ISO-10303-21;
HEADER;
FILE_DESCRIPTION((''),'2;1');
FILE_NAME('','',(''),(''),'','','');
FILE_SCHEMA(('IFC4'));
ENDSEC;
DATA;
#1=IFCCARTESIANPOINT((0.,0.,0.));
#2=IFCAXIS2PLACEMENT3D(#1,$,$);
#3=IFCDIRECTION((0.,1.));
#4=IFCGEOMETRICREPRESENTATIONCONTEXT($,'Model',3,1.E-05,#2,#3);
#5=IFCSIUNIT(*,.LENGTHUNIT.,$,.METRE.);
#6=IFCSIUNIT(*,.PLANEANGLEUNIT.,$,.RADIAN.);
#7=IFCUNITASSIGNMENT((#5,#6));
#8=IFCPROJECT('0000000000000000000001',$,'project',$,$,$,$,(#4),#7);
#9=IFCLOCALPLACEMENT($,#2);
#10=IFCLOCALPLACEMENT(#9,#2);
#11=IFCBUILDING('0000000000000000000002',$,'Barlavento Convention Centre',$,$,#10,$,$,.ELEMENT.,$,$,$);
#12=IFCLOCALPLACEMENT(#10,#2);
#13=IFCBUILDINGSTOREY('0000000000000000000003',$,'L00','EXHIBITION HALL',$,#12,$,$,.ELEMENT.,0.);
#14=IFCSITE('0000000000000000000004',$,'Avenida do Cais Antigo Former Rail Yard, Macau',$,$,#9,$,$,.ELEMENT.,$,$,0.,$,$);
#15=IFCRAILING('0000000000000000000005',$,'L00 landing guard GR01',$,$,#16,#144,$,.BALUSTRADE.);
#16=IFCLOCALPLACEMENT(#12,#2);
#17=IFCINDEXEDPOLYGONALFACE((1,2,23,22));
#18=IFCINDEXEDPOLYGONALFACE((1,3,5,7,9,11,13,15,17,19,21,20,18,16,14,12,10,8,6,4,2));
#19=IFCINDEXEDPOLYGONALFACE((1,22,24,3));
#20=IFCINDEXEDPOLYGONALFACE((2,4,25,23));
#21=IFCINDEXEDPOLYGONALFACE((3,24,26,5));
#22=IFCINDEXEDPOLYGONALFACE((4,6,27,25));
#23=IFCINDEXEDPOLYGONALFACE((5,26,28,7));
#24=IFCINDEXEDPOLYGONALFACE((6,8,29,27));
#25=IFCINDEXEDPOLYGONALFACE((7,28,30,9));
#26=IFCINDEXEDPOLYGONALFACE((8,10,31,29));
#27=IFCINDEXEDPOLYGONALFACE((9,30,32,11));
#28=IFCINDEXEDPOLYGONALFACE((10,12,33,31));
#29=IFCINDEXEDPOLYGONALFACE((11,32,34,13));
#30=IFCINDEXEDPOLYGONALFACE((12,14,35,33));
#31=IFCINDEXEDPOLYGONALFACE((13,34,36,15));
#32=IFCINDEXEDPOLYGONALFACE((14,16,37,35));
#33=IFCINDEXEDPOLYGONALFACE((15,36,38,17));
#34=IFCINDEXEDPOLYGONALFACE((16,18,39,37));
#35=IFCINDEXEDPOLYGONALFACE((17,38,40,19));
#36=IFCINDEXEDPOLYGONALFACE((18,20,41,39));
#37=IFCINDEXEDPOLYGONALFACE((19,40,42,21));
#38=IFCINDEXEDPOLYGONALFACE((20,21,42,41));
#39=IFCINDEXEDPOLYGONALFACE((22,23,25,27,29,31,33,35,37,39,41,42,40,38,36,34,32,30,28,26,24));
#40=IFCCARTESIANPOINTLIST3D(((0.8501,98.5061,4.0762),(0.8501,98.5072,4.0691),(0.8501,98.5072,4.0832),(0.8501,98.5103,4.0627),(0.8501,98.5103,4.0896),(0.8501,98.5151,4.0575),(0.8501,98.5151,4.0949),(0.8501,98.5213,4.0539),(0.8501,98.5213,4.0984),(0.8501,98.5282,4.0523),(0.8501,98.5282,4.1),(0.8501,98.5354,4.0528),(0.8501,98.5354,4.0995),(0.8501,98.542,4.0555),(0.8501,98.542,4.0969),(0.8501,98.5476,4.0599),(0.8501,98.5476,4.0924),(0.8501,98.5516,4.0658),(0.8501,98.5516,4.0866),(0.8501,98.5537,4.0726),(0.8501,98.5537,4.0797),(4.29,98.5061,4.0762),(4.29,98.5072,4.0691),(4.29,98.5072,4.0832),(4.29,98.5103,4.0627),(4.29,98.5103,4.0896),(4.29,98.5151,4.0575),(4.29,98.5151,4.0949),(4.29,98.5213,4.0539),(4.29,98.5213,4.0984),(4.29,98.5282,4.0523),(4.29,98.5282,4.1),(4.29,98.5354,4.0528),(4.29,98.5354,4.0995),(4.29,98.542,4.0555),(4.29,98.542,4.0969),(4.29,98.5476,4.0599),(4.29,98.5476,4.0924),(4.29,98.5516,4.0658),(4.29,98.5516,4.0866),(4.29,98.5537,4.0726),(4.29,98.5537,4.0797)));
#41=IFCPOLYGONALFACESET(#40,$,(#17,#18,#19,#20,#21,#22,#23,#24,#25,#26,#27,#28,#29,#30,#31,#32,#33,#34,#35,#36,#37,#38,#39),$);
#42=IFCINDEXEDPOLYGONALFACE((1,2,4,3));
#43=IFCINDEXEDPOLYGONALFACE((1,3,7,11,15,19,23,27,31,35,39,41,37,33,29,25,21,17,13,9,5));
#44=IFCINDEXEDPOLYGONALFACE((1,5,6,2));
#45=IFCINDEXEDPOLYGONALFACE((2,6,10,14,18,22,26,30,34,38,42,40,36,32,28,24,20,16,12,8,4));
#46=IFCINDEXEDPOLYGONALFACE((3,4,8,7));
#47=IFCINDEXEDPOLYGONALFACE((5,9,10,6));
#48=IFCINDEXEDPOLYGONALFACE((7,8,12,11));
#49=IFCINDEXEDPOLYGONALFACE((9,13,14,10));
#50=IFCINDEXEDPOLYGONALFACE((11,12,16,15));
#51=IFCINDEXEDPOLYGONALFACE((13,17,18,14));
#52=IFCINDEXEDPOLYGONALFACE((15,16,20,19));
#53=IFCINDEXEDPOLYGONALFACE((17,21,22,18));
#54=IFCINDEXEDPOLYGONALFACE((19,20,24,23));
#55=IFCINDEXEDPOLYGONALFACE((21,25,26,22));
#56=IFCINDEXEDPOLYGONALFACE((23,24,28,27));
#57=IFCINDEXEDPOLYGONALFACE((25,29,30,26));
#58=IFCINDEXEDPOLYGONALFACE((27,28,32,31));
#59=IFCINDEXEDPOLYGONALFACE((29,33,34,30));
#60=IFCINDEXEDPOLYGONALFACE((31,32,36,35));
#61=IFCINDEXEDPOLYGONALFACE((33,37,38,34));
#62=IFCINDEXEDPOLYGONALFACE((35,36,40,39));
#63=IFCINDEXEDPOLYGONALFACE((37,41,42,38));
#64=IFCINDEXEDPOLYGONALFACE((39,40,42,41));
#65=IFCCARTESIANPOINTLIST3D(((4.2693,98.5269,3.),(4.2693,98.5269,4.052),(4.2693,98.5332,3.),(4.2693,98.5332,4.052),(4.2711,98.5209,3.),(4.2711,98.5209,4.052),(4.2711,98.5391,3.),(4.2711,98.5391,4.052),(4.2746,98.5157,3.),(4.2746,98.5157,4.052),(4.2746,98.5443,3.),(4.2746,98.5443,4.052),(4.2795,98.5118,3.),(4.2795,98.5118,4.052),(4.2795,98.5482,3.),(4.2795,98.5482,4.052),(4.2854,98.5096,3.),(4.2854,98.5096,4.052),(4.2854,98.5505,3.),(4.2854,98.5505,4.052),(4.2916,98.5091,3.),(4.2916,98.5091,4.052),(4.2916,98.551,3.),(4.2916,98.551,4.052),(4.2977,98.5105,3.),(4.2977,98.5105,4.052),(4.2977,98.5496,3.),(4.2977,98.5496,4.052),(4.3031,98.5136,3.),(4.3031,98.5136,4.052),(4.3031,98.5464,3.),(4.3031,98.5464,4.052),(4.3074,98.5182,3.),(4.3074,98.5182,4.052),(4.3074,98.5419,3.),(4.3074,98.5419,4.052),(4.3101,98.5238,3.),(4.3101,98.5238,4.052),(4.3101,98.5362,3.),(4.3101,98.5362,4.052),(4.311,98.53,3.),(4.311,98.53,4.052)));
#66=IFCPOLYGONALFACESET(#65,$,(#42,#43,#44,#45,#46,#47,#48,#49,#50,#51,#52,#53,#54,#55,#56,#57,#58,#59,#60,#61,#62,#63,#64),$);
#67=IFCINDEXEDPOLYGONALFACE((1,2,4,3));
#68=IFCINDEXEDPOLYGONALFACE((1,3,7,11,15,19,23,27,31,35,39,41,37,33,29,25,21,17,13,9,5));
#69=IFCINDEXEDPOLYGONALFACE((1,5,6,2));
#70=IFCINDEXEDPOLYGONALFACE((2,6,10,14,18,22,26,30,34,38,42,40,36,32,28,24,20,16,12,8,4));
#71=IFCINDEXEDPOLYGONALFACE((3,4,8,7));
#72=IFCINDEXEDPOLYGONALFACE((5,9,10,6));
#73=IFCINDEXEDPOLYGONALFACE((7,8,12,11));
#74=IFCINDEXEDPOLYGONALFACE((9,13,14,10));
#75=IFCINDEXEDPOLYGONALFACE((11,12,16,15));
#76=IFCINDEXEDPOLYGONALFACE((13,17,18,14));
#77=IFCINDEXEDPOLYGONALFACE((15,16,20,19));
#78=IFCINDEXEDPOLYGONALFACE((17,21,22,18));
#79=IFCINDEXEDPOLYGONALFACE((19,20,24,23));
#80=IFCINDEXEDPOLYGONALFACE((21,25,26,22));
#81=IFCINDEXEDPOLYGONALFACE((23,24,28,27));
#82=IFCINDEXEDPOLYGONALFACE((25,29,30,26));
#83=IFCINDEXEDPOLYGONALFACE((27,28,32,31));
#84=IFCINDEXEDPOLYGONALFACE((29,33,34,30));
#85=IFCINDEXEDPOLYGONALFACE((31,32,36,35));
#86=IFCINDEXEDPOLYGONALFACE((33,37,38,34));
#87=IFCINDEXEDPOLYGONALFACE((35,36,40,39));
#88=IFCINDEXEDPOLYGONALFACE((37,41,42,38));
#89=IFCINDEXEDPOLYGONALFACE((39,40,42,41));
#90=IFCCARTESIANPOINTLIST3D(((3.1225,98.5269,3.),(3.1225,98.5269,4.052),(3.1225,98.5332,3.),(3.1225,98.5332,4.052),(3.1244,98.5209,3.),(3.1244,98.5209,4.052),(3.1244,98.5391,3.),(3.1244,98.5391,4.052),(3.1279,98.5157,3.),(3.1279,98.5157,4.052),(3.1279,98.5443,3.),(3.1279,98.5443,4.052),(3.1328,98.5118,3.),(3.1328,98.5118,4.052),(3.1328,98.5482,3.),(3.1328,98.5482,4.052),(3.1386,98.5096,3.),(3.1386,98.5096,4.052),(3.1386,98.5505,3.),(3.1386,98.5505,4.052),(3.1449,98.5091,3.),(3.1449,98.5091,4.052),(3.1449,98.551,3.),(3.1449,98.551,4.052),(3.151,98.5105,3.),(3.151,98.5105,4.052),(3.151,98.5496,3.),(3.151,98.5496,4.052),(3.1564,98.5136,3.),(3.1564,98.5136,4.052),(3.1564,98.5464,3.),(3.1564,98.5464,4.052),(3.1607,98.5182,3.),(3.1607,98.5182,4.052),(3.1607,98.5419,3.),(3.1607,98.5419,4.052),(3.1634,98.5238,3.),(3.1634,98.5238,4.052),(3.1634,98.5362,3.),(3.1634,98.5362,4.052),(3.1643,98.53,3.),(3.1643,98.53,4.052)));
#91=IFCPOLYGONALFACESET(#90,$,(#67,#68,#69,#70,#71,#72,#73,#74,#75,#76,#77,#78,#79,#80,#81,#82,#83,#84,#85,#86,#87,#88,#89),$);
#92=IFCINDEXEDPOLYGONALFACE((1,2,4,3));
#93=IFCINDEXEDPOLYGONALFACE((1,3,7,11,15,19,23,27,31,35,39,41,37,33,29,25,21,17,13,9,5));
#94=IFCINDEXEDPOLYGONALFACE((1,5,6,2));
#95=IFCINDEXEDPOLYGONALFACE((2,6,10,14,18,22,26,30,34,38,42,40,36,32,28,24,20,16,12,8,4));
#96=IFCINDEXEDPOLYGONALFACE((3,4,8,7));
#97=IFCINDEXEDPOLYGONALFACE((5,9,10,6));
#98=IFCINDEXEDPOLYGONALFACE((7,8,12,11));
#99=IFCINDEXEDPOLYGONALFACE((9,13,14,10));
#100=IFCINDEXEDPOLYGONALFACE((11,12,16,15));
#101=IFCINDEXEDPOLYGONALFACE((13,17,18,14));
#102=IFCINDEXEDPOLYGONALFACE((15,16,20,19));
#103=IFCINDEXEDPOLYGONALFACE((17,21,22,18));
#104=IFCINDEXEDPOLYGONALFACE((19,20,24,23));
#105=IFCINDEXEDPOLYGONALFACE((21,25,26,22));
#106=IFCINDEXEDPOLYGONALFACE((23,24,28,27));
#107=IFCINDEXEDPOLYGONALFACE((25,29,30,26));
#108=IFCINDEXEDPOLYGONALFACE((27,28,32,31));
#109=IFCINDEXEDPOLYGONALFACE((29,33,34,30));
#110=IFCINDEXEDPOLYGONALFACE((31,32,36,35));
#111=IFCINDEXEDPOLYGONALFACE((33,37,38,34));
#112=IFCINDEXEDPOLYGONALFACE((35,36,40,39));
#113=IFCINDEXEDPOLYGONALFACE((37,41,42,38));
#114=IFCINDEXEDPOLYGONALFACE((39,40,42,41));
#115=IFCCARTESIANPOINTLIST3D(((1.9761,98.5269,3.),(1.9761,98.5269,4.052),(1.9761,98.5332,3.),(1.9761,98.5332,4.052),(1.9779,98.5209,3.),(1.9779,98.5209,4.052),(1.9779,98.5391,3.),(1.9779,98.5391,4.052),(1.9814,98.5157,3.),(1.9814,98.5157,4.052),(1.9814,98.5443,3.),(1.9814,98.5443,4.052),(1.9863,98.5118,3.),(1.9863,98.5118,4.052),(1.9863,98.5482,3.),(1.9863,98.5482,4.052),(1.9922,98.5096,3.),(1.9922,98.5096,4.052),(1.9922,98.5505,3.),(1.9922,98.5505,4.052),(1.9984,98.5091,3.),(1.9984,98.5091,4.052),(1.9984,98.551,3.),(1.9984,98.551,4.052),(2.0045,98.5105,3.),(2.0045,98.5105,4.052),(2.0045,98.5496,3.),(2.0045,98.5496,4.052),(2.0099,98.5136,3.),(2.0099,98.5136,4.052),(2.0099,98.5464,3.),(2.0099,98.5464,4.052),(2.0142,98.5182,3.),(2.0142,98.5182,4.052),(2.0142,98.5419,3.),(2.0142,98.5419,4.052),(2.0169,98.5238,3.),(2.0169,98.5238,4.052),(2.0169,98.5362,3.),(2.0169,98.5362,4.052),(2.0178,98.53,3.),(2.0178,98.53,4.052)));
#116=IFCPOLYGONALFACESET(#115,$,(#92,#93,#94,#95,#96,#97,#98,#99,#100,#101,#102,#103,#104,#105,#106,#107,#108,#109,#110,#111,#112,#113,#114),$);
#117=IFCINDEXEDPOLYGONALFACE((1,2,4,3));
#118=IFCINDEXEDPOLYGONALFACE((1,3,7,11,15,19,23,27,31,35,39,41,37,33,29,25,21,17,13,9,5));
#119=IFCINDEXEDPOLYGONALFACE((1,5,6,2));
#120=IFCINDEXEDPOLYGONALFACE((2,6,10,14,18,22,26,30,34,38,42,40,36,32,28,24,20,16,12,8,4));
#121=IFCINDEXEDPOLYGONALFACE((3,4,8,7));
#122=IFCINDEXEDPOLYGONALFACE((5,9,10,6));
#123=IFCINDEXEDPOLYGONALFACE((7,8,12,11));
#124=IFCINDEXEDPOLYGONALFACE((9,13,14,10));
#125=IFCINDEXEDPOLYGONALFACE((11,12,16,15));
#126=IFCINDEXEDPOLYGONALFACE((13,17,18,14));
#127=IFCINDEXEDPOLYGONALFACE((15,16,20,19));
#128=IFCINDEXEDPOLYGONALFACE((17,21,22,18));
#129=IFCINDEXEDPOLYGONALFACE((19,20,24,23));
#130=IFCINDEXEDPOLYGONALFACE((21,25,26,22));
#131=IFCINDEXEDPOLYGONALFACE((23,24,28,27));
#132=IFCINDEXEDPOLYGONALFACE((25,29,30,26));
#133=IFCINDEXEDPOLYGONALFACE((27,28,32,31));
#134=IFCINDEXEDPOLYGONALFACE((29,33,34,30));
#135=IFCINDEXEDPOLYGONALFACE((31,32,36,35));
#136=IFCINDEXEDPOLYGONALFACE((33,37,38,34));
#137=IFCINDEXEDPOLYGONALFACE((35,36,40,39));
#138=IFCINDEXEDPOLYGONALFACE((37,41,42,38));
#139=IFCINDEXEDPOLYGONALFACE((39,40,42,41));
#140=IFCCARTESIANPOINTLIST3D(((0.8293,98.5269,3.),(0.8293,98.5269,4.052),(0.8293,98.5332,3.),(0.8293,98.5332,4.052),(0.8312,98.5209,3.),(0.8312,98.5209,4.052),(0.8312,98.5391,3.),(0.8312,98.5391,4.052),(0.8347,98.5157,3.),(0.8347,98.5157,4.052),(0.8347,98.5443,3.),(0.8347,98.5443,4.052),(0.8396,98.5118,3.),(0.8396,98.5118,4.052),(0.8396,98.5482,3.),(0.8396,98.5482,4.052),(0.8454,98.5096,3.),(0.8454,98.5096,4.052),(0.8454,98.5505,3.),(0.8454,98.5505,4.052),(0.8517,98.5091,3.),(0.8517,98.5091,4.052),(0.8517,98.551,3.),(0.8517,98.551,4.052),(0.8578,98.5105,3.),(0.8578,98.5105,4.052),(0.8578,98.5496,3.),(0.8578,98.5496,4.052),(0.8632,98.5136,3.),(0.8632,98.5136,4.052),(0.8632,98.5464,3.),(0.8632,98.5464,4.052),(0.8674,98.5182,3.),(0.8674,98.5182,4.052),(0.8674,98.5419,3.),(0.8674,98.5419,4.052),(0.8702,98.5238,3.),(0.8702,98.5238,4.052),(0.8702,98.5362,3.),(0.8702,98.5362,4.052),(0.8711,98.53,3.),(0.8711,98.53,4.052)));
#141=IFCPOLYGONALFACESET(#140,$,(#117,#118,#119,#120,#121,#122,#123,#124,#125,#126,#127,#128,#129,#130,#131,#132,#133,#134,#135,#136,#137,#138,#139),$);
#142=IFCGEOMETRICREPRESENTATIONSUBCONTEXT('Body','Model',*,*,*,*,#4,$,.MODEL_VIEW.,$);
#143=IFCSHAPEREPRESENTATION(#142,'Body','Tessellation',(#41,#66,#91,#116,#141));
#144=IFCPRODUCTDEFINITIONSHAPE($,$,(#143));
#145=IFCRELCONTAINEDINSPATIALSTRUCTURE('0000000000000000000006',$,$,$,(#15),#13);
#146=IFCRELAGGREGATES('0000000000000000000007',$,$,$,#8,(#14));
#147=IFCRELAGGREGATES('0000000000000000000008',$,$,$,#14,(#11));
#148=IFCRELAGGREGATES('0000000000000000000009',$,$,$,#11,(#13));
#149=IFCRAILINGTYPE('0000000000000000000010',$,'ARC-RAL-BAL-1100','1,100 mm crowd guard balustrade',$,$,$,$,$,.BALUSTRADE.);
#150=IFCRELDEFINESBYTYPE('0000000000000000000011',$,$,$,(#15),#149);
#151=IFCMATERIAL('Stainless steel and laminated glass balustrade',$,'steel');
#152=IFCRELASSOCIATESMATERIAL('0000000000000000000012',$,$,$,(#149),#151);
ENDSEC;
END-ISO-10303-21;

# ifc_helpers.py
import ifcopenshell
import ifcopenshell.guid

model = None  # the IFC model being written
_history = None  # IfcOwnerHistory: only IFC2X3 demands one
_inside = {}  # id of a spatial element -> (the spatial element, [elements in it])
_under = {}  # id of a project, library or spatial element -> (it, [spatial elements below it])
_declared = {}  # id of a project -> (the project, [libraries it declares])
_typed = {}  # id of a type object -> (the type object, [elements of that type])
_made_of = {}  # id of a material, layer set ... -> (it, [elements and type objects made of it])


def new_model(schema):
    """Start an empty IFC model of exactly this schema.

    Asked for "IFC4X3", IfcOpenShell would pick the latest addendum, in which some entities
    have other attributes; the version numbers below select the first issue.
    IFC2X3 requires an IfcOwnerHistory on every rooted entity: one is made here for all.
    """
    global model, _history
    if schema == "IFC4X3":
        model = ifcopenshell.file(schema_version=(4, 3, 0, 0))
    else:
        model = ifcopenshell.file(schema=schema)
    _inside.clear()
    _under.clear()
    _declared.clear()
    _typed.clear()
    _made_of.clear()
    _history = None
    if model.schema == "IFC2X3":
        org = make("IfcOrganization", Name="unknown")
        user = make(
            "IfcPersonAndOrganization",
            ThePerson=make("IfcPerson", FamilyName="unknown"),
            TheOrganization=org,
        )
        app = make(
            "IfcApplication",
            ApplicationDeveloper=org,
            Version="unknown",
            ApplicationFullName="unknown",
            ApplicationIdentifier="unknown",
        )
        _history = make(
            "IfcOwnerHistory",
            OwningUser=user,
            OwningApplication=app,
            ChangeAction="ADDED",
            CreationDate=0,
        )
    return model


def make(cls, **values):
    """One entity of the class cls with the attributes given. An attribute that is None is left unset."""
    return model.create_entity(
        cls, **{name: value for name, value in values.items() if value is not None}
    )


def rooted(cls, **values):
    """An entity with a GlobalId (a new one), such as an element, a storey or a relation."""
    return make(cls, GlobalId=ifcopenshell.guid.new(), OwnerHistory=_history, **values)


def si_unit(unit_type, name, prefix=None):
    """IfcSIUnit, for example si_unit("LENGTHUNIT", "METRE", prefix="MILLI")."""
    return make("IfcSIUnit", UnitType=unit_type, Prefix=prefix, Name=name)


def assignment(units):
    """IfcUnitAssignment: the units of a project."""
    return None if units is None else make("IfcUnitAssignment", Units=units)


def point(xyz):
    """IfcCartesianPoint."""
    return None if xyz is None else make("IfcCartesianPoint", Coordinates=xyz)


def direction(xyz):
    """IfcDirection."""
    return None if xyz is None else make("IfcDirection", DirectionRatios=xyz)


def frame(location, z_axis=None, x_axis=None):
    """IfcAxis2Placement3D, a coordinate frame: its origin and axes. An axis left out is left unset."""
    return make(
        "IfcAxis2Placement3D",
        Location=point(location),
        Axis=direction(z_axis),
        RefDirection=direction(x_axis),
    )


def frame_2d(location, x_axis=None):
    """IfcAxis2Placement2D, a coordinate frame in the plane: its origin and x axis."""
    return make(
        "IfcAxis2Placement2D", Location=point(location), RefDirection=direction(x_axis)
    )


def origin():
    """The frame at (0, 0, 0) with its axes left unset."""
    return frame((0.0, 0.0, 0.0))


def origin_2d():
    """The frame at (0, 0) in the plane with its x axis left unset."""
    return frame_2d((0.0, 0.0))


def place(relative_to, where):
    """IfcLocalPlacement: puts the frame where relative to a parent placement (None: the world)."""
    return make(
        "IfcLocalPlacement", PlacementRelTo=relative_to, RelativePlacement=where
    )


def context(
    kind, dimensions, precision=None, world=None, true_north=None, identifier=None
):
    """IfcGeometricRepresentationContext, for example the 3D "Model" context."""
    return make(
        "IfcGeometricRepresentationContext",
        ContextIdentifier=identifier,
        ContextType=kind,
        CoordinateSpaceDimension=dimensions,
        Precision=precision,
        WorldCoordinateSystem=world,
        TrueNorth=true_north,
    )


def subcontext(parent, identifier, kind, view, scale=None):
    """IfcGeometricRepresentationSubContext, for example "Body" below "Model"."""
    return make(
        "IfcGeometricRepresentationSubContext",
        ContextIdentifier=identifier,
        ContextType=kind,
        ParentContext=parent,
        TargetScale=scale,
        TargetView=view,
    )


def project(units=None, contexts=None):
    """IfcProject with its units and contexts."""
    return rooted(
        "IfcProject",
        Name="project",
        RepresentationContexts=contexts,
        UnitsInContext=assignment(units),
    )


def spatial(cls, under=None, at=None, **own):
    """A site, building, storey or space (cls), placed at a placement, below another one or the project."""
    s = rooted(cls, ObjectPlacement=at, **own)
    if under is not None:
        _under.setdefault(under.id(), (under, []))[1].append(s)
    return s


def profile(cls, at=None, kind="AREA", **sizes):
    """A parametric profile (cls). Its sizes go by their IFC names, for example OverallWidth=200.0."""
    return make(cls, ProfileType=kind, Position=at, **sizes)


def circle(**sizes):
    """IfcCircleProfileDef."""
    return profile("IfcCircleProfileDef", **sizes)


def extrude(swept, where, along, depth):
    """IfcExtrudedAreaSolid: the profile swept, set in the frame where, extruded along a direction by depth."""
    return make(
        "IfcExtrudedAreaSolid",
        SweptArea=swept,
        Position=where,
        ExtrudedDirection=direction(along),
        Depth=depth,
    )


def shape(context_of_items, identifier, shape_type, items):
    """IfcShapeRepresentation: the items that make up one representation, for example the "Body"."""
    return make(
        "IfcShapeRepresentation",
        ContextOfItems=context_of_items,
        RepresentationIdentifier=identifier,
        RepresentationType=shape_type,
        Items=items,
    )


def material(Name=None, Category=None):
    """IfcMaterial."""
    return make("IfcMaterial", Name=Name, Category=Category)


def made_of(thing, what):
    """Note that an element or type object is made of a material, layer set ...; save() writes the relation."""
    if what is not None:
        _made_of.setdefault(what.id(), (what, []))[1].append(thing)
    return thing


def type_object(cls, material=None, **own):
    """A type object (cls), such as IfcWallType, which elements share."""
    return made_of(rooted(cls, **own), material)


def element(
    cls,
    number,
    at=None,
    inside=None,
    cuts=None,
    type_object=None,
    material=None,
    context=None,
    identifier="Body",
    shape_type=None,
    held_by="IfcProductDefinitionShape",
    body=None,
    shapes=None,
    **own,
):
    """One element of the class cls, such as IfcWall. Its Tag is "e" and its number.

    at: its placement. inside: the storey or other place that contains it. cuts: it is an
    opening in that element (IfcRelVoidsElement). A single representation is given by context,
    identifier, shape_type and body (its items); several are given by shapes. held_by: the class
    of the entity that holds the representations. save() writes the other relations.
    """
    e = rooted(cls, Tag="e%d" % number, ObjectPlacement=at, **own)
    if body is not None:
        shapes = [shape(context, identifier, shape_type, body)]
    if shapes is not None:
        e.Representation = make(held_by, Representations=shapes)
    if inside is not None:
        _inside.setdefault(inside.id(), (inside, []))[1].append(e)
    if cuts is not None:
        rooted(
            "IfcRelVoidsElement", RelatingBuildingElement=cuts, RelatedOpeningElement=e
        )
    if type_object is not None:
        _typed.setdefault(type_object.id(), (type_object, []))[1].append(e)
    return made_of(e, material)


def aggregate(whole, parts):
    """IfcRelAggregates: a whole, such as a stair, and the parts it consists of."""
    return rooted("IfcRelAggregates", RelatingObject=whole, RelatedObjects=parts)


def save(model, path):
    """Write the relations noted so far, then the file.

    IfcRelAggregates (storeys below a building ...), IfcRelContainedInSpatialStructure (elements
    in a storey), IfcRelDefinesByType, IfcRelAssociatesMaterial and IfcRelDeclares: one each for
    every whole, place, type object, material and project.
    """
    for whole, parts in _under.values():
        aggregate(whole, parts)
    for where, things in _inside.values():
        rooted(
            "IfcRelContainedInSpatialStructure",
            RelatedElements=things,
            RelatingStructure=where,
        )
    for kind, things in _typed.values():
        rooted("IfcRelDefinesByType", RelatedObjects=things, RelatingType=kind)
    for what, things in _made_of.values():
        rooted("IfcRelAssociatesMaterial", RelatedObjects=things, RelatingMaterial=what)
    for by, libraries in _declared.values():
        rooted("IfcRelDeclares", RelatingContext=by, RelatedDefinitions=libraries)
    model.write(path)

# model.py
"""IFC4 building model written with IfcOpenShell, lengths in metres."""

from ifc_helpers import new_model, si_unit, direction, frame, origin, origin_2d, place, context, subcontext, project, spatial, circle, extrude, material, type_object, element, save


model = new_model("IFC4")

# Units and contexts
model_context = context("Model", 3, precision=1e-05, world=origin(), true_north=direction((0.0, 1.0)))
body_context = subcontext(model_context, "Body", "Model", "MODEL_VIEW")
ifc_project = project(units=[si_unit("LENGTHUNIT", "METRE"), si_unit("PLANEANGLEUNIT", "RADIAN")], contexts=[model_context])

# Site, building, storey
site_placement = place(None, origin())
site = spatial("IfcSite", under=ifc_project, at=site_placement, Name="Avenida do Cais Antigo Former Rail Yard, Macau", CompositionType="ELEMENT", RefElevation=0.0)
building_placement = place(site_placement, origin())
building = spatial("IfcBuilding", under=site, at=building_placement, Name="Barlavento Convention Centre", CompositionType="ELEMENT")
storey_placement = place(building_placement, origin())
storey = spatial("IfcBuildingStorey", under=building, at=storey_placement, Name="L00", Description="EXHIBITION HALL", CompositionType="ELEMENT", Elevation=0.0)

# Railing
ifc_material_1 = material(Name="Stainless steel and laminated glass balustrade", Category="steel")
railing_type_1 = type_object("IfcRailingType", Name="ARC-RAL-BAL-1100", Description="1,100 mm crowd guard balustrade", PredefinedType="BALUSTRADE", material=ifc_material_1)
railing_1_placement = place(storey_placement, frame((4.29, 98.53, 3.0)))
element("IfcRailing", 1, at=railing_1_placement, inside=storey, type_object=railing_type_1, Name="L00 landing guard GR01", PredefinedType="BALUSTRADE", context=body_context, shape_type="SweptSolid", body=[
    extrude(circle(Radius=0.0239, at=origin_2d()), frame((0.0, 0.0, 1.0762), z_axis=(-1.0, 0.0, 0.0), x_axis=(0.0, -1.0, 0.0)), (0.0, 0.0, 1.0), 3.4399),
    extrude(circle(Radius=0.021, at=origin_2d()), origin(), (0.0, 0.0, 1.0), 1.052),
    extrude(circle(Radius=0.021, at=origin_2d()), frame((-1.1467, 0.0, 0.0)), (0.0, 0.0, 1.0), 1.052),
    extrude(circle(Radius=0.021, at=origin_2d()), frame((-2.2932, 0.0, 0.0)), (0.0, 0.0, 1.0), 1.052),
    extrude(circle(Radius=0.021, at=origin_2d()), frame((-3.4399, 0.0, 0.0)), (0.0, 0.0, 1.0), 1.052),
])

save(model, "model.ifc")
